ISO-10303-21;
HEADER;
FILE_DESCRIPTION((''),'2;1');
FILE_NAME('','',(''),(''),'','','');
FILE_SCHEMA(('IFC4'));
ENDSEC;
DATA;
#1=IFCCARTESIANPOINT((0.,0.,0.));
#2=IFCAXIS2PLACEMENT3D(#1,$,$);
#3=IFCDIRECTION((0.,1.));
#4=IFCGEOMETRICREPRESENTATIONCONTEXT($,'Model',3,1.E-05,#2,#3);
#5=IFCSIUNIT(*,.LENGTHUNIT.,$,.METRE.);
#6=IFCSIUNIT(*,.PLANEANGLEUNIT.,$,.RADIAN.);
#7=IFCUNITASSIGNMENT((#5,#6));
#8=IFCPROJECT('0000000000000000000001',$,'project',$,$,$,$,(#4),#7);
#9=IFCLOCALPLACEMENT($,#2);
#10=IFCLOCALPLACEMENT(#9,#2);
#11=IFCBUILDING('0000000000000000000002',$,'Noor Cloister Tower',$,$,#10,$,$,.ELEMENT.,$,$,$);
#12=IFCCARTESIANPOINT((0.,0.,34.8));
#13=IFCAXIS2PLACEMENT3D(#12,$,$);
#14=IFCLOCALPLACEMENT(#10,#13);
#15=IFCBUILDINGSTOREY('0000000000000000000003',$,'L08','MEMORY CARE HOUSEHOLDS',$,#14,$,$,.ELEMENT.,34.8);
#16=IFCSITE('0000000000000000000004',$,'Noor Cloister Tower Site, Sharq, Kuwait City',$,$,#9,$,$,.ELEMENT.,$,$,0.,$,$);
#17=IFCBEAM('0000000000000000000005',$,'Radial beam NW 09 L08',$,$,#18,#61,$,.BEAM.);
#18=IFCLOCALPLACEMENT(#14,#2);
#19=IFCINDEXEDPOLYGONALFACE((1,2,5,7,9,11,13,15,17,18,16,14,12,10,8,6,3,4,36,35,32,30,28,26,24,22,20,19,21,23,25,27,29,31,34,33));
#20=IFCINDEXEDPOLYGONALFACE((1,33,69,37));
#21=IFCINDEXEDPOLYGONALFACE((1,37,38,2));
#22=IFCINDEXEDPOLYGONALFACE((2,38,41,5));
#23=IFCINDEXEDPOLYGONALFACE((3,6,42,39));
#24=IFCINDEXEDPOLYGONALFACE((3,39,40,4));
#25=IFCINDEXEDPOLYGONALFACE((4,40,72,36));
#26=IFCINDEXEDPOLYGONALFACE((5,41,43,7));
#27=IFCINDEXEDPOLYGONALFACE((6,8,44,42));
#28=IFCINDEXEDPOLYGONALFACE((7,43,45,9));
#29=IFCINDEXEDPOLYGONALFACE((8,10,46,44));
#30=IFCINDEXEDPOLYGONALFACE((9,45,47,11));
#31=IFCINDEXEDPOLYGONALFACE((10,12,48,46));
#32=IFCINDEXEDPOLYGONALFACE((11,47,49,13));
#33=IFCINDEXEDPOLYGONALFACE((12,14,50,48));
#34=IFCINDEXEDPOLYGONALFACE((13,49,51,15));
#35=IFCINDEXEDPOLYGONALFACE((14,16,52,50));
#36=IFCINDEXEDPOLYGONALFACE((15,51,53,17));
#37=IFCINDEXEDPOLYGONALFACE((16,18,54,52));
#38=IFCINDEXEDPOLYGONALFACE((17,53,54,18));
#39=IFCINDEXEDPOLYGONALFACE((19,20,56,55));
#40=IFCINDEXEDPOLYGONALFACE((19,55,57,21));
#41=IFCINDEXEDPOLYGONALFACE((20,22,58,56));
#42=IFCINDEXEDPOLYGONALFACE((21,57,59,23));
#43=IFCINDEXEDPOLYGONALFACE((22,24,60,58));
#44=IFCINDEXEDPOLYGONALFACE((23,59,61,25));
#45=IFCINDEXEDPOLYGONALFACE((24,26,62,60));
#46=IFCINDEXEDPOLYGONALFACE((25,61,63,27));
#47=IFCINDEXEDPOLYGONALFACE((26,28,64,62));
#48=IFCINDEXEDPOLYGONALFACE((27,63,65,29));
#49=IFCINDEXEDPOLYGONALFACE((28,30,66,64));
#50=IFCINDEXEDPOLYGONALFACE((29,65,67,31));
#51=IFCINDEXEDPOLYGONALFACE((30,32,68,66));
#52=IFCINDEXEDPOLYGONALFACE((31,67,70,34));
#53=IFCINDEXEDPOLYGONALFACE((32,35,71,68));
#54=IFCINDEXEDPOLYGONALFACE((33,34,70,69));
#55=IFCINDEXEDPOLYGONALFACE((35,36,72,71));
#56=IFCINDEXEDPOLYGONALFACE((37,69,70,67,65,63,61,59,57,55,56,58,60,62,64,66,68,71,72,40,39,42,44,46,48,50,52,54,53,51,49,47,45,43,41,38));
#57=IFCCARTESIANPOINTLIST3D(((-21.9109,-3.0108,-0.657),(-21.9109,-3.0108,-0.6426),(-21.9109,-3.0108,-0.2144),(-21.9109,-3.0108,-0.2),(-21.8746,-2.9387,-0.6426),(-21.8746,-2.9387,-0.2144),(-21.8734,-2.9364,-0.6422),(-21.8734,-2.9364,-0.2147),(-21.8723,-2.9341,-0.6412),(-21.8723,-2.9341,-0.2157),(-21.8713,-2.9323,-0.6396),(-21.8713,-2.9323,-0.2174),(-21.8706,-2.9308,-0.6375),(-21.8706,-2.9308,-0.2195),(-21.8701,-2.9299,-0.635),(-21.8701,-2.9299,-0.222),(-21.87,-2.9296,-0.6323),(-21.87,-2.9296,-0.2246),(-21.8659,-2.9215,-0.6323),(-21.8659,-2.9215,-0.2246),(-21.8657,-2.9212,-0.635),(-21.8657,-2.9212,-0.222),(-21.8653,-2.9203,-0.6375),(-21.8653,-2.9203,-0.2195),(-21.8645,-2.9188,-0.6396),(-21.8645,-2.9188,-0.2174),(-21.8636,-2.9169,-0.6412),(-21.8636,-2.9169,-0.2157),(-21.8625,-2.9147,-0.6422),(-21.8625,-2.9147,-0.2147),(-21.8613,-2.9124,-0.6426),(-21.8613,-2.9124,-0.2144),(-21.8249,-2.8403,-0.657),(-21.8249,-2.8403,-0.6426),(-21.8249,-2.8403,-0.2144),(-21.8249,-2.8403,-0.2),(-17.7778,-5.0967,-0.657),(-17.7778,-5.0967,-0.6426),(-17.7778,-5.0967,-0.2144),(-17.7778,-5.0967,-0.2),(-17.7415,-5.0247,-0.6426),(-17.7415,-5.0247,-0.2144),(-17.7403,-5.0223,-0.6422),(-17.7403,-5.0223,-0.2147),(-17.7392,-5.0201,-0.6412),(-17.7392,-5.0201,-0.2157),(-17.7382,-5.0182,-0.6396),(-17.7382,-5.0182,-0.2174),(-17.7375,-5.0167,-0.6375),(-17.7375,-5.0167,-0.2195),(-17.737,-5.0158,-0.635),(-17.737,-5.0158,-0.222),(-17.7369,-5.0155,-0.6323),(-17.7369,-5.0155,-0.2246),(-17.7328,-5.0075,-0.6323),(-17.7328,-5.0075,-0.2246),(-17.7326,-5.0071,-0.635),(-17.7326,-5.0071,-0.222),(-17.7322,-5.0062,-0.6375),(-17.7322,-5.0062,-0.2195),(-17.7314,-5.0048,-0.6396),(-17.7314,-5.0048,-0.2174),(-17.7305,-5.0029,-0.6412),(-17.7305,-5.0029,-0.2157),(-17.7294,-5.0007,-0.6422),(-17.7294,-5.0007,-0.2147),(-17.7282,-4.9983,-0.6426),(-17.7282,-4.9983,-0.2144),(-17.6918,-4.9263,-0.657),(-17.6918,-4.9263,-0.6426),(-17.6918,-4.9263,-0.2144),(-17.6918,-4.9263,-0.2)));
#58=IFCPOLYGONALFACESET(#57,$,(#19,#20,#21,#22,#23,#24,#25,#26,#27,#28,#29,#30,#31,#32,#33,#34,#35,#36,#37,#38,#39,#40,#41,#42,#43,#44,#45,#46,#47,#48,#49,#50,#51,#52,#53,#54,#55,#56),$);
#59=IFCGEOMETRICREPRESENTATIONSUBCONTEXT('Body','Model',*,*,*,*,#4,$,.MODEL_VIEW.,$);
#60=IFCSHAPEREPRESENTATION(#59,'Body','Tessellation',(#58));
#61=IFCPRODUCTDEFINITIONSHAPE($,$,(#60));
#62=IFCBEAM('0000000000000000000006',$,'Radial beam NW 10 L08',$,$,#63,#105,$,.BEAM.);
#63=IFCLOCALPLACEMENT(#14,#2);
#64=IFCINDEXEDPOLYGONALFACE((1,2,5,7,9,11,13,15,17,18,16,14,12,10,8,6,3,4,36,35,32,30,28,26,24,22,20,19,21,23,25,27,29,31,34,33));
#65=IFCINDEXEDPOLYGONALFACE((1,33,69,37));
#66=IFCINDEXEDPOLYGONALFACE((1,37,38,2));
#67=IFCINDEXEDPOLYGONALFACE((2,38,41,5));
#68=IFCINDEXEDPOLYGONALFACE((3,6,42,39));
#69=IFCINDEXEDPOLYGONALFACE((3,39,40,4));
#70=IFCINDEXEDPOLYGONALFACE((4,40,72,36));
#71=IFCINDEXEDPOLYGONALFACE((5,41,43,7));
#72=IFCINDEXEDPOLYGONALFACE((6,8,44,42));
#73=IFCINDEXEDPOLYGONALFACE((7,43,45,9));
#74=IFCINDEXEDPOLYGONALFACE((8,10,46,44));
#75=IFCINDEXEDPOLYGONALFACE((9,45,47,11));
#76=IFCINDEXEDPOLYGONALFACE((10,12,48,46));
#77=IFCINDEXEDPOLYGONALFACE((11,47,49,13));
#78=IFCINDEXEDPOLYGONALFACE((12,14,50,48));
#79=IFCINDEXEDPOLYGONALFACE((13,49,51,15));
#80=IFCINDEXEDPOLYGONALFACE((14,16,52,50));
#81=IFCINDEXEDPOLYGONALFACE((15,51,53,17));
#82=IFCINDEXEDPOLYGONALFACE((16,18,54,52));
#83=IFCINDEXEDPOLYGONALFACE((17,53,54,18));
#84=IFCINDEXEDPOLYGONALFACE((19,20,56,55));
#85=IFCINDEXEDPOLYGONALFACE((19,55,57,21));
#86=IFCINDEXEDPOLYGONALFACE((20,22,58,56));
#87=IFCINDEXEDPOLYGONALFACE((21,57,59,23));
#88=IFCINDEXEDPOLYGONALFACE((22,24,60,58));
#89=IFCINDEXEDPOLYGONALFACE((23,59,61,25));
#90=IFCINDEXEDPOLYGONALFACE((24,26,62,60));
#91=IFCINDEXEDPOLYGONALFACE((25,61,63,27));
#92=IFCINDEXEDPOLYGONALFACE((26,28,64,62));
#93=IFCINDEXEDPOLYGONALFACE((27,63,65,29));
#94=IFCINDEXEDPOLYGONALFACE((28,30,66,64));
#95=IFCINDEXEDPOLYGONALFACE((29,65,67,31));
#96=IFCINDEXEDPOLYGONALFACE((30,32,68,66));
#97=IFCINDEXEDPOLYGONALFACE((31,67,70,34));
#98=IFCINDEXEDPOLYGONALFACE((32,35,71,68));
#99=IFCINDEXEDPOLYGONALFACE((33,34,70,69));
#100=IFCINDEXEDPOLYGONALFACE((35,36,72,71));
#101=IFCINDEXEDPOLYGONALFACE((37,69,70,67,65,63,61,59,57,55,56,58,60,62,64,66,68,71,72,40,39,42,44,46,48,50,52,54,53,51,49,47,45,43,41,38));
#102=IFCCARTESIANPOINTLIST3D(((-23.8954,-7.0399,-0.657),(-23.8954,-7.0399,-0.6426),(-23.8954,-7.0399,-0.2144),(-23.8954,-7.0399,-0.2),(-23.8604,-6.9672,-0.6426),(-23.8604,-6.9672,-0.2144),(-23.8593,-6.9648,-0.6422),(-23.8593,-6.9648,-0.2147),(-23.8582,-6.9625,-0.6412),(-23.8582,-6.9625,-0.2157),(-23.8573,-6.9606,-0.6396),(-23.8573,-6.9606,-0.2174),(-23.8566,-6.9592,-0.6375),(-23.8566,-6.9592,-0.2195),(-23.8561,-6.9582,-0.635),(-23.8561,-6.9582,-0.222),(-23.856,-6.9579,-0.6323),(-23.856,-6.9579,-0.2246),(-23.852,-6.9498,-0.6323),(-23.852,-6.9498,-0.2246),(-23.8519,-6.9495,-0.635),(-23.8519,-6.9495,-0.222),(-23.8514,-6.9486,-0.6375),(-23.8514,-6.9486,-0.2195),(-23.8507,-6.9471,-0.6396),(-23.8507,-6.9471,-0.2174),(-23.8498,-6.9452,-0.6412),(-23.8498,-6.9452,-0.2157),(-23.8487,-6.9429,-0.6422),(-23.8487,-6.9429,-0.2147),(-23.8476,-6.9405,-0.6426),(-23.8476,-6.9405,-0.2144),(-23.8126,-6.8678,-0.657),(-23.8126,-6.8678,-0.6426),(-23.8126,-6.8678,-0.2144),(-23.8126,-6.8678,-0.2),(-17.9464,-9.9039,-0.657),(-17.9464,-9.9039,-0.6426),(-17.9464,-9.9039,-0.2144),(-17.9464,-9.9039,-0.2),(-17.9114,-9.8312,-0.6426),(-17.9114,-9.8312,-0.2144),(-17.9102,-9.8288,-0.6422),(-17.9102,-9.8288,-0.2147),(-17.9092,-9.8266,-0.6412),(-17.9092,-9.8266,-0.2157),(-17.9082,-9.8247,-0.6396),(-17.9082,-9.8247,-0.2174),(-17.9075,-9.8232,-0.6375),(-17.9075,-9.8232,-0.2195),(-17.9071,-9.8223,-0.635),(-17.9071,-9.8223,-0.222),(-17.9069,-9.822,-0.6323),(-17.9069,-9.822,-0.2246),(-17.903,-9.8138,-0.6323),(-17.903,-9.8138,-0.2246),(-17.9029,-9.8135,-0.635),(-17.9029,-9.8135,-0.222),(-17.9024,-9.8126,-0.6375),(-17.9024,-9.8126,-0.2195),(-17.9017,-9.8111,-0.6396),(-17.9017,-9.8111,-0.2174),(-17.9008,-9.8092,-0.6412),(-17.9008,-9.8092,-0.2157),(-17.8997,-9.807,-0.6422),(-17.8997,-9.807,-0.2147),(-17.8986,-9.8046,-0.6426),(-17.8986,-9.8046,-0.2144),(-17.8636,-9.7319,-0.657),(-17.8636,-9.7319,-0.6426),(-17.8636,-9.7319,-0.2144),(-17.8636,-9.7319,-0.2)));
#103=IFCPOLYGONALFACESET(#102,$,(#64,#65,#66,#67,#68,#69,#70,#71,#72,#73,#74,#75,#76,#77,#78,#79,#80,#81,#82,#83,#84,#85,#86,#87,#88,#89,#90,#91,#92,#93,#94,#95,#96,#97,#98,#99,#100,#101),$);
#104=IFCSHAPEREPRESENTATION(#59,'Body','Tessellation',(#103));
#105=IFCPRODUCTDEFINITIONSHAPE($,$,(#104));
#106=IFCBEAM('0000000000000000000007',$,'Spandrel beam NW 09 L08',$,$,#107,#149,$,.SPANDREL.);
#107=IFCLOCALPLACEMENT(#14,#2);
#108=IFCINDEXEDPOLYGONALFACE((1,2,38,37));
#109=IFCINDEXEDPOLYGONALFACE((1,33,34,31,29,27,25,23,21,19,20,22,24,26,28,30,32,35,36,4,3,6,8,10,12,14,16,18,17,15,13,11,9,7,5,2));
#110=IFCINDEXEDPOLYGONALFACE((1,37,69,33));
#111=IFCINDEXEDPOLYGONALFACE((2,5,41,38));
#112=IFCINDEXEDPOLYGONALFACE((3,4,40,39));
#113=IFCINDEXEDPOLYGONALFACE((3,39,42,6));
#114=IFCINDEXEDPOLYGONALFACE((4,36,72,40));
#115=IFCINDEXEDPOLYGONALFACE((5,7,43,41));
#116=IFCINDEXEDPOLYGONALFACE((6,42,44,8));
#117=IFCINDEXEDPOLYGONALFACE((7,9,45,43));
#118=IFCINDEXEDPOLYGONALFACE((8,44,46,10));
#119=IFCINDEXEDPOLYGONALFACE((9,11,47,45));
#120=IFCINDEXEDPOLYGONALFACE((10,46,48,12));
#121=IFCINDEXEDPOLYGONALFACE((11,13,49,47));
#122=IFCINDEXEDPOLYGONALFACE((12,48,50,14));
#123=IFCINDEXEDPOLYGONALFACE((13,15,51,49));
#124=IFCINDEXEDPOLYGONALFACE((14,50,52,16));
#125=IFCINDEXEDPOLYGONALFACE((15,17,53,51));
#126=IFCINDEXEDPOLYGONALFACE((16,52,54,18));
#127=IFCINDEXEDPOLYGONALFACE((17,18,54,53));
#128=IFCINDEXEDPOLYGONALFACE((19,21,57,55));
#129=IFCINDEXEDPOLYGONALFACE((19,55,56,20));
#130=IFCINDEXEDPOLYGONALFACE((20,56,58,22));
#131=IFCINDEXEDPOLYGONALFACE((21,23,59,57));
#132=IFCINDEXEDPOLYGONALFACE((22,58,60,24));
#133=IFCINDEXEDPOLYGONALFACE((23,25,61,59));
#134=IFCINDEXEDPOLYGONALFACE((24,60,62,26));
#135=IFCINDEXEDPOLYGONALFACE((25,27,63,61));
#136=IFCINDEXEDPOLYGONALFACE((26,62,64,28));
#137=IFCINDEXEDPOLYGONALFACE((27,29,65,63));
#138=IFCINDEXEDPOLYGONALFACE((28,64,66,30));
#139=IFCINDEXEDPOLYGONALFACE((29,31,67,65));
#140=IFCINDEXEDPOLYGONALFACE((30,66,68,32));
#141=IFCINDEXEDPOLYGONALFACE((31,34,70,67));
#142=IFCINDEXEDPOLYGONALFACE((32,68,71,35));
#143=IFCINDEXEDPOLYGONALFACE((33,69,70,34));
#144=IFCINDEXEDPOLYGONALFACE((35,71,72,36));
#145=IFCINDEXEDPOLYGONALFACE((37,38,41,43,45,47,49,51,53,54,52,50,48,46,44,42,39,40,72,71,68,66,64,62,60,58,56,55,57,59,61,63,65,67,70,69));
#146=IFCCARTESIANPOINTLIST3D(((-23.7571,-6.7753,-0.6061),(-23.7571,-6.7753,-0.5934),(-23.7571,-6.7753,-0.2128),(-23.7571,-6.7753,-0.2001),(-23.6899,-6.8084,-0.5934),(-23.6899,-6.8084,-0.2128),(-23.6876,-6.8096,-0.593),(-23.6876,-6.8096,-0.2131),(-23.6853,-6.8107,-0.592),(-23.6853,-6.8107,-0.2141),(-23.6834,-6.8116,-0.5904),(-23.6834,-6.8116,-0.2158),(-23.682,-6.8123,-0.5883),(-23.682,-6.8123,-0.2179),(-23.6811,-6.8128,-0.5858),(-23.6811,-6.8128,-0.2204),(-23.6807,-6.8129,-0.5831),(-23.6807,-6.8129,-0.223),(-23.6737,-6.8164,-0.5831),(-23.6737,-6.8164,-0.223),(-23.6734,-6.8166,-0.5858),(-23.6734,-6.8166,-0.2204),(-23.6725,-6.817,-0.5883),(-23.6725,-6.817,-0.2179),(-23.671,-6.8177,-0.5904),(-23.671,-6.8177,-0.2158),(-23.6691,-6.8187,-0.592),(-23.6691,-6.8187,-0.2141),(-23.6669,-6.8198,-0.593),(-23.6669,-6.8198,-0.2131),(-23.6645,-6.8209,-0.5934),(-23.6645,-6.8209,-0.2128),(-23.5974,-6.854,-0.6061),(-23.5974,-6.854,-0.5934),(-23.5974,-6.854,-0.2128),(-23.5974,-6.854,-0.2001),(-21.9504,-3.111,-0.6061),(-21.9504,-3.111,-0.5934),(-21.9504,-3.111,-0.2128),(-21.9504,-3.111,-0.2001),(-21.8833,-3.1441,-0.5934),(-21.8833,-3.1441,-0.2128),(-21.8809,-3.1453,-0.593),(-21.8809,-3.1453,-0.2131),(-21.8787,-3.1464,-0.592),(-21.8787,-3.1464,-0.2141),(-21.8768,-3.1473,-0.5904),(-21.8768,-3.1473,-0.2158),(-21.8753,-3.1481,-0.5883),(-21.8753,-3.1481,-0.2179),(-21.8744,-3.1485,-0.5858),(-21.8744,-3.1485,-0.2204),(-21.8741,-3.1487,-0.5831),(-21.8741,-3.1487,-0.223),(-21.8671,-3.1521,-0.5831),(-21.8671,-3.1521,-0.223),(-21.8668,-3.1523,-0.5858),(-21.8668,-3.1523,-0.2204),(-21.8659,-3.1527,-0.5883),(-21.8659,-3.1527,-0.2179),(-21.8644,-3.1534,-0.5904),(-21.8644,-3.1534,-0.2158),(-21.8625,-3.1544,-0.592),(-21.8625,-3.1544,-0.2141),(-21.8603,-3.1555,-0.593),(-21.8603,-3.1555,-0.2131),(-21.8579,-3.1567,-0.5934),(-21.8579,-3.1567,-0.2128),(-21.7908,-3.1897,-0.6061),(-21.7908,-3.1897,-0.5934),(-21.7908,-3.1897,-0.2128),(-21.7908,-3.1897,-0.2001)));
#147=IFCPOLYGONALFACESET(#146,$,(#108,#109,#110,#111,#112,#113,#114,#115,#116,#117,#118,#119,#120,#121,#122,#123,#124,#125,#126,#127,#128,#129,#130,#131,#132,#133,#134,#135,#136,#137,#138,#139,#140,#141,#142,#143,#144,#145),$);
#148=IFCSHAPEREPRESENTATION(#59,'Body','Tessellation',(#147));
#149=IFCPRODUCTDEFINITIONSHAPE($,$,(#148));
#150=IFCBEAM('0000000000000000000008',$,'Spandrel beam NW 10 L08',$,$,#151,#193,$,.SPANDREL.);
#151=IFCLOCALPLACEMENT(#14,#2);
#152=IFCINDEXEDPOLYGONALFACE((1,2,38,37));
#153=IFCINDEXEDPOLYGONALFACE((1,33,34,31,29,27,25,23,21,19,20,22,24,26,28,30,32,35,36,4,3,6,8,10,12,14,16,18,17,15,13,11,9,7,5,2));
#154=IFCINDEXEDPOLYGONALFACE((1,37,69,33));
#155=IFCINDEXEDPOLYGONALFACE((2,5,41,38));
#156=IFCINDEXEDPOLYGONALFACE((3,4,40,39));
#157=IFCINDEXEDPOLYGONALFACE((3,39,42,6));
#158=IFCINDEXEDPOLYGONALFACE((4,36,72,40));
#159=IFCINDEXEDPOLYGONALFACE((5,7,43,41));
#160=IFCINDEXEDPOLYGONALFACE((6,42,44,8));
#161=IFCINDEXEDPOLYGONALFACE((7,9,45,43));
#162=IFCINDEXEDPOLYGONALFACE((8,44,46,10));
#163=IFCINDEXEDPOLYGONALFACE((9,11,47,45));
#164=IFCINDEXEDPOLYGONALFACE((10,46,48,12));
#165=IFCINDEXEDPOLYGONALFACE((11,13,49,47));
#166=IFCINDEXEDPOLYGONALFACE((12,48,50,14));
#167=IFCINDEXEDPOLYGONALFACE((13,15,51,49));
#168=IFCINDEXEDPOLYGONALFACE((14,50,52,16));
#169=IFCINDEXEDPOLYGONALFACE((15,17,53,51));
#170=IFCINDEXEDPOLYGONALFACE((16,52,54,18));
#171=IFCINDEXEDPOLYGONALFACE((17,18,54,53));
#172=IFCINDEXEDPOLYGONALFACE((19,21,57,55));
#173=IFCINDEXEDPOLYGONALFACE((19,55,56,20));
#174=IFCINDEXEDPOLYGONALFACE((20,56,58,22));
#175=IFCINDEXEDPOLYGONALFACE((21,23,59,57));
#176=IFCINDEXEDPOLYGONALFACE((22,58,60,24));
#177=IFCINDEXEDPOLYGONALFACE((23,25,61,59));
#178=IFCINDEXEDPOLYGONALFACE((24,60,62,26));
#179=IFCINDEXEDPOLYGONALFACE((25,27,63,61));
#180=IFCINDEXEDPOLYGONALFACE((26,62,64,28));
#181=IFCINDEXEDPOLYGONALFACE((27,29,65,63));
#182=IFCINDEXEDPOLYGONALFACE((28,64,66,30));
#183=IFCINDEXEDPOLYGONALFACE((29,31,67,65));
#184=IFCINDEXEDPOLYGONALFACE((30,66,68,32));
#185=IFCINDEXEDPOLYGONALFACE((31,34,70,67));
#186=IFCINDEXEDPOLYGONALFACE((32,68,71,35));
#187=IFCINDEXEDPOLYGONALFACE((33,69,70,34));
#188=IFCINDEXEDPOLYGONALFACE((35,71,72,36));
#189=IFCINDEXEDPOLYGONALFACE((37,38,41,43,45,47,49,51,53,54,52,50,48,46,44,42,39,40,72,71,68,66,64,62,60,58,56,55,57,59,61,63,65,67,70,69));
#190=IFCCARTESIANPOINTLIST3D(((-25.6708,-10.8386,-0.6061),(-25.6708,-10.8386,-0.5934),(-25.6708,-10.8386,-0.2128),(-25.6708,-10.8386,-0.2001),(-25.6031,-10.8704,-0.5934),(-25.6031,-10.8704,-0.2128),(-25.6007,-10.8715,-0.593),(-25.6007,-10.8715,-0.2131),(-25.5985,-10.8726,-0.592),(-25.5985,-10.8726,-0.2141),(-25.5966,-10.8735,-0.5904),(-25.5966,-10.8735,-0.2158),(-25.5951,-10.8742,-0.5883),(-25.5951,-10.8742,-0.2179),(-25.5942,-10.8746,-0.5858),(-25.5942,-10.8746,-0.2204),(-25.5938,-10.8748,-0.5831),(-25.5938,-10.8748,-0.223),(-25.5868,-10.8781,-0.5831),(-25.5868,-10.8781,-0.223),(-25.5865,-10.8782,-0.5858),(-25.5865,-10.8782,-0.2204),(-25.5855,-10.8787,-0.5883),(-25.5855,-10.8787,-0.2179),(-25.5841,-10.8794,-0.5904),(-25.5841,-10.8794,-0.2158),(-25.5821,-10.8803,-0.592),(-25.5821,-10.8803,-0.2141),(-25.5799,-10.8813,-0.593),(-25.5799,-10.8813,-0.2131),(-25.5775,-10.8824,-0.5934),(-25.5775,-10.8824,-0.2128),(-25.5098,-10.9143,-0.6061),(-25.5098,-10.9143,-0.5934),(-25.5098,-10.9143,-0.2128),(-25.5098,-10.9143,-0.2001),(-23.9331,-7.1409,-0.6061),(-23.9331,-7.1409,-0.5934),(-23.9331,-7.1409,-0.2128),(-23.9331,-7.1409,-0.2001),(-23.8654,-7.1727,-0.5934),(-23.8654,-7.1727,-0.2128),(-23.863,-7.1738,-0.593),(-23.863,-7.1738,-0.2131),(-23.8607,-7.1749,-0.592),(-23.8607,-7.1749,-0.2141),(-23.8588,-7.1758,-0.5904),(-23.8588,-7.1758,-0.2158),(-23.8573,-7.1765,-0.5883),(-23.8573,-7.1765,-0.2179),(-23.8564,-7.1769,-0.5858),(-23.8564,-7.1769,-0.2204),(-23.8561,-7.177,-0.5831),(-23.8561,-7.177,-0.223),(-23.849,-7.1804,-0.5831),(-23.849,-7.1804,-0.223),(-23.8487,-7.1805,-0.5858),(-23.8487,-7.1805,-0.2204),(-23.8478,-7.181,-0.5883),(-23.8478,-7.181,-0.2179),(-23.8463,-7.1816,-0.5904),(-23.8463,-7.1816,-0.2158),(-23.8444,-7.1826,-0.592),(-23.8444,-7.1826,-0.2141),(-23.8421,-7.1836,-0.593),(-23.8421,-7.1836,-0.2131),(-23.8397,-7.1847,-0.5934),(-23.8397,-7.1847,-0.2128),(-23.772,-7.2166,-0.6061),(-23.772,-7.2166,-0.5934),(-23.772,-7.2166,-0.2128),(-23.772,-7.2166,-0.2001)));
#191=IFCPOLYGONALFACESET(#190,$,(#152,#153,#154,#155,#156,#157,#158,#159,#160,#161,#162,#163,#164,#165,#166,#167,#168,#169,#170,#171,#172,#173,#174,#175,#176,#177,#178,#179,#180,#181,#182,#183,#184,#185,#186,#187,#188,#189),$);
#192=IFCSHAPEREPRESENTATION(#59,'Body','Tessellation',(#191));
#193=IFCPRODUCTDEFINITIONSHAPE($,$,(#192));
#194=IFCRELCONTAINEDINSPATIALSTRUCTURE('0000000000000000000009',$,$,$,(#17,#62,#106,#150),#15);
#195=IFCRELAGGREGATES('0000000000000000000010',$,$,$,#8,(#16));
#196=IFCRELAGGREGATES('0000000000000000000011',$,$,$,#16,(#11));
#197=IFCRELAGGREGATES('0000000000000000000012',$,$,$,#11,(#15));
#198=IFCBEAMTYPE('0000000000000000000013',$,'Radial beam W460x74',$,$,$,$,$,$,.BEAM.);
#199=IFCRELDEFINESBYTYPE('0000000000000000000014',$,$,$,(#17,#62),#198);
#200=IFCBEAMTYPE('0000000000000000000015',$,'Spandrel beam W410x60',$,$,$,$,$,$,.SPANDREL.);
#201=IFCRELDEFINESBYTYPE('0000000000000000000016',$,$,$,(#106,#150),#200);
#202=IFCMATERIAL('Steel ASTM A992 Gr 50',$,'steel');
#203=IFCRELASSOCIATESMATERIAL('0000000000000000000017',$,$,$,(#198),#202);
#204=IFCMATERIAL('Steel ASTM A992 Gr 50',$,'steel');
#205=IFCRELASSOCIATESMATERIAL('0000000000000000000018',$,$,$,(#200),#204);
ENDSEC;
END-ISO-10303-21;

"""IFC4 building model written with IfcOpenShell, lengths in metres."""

from ifc_helpers import new_model, si_unit, direction, frame, origin, origin_2d, place, context, subcontext, project, spatial, i_section, extrude, material, material_profile, profile_set, type_object, element, save


model = new_model("IFC4")

# Units and contexts
model_context = context("Model", 3, precision=1e-05, world=origin(), true_north=direction((0.0, 1.0)))
body_context = subcontext(model_context, "Body", "Model", "MODEL_VIEW")
ifc_project = project(units=[si_unit("LENGTHUNIT", "METRE"), si_unit("PLANEANGLEUNIT", "RADIAN")], contexts=[model_context])

# Site, building, storey
site_placement = place(None, origin())
site = spatial("IfcSite", under=ifc_project, at=site_placement, Name="Noor Cloister Tower Site, Sharq, Kuwait City", CompositionType="ELEMENT", RefElevation=0.0)
building_placement = place(site_placement, origin())
building = spatial("IfcBuilding", under=site, at=building_placement, Name="Noor Cloister Tower", CompositionType="ELEMENT")
storey_placement = place(building_placement, frame((0.0, 0.0, 34.8)))
storey = spatial("IfcBuildingStorey", under=building, at=storey_placement, Name="L08", Description="MEMORY CARE HOUSEHOLDS", CompositionType="ELEMENT", Elevation=34.8)

# Beams
ifc_material_1 = material(Name="Steel ASTM A992 Gr 50", Category="steel")
ifc_material_profile_1 = material_profile(ifc_material_1, i_section(OverallWidth=0.1909, OverallDepth=0.457, WebThickness=0.009, FlangeThickness=0.0144, FilletRadius=0.0103, at=origin_2d()), Name="W460x74")
ifc_profile_set_1 = profile_set([ifc_material_profile_1], Name="Steel ASTM A992 Gr 50")
beam_type_1 = type_object("IfcBeamType", Name="Radial beam W460x74", PredefinedType="BEAM", material=ifc_profile_set_1)
beam_1_placement = place(storey_placement, frame((-21.8679, -2.9255, -0.4285), z_axis=(0.892744, -0.450564, 0.0), x_axis=(0.450564, 0.892744, 0.0)))
element("IfcBeam", 1, at=beam_1_placement, inside=storey, type_object=beam_type_1, Name="Radial beam NW 09 L08", PredefinedType="BEAM", context=body_context, shape_type="SweptSolid", body=[
    extrude(i_section(OverallWidth=0.1909, OverallDepth=0.457, WebThickness=0.009, FlangeThickness=0.0144, FilletRadius=0.0103, at=origin_2d()), origin(), (0.0, 0.0, 1.0), 4.6296),
])
beam_2_placement = place(storey_placement, frame((-23.854, -6.9539, -0.4285), z_axis=(0.90102, -0.433778, 0.0), x_axis=(0.433778, 0.90102, 0.0)))
element("IfcBeam", 2, at=beam_2_placement, inside=storey, type_object=beam_type_1, Name="Radial beam NW 10 L08", PredefinedType="BEAM", context=body_context, shape_type="SweptSolid", body=[
    extrude(i_section(OverallWidth=0.1909, OverallDepth=0.457, WebThickness=0.009, FlangeThickness=0.0144, FilletRadius=0.0103, at=origin_2d()), origin(), (0.0, 0.0, 1.0), 6.6025),
])
ifc_material_2 = material(Name="Steel ASTM A992 Gr 50", Category="steel")
ifc_material_profile_2 = material_profile(ifc_material_2, i_section(OverallWidth=0.178, OverallDepth=0.406, WebThickness=0.0078, FlangeThickness=0.0127, FilletRadius=0.0103, at=origin_2d()), Name="W410x60")
ifc_profile_set_2 = profile_set([ifc_material_profile_2], Name="Steel ASTM A992 Gr 50")
beam_type_2 = type_object("IfcBeamType", Name="Spandrel beam W410x60", PredefinedType="SPANDREL", material=ifc_profile_set_2)
beam_3_placement = place(storey_placement, frame((-21.8706, -3.1504, -0.4031), z_axis=(-0.442211, -0.896911, 0.0), x_axis=(0.896911, -0.442211, 0.0)))
element("IfcBeam", 3, at=beam_3_placement, inside=storey, type_object=beam_type_2, Name="Spandrel beam NW 09 L08", PredefinedType="SPANDREL", context=body_context, shape_type="SweptSolid", body=[
    extrude(i_section(OverallWidth=0.178, OverallDepth=0.406, WebThickness=0.0078, FlangeThickness=0.0127, FilletRadius=0.0103, at=origin_2d()), origin(), (0.0, 0.0, 1.0), 4.0854),
])
beam_4_placement = place(storey_placement, frame((-23.8525, -7.1787, -0.4031), z_axis=(-0.425331, -0.905038, 0.0), x_axis=(0.905038, -0.425331, 0.0)))
element("IfcBeam", 4, at=beam_4_placement, inside=storey, type_object=beam_type_2, Name="Spandrel beam NW 10 L08", PredefinedType="SPANDREL", context=body_context, shape_type="SweptSolid", body=[
    extrude(i_section(OverallWidth=0.178, OverallDepth=0.406, WebThickness=0.0078, FlangeThickness=0.0127, FilletRadius=0.0103, at=origin_2d()), origin(), (0.0, 0.0, 1.0), 4.0857),
])

save(model, "model.ifc")
